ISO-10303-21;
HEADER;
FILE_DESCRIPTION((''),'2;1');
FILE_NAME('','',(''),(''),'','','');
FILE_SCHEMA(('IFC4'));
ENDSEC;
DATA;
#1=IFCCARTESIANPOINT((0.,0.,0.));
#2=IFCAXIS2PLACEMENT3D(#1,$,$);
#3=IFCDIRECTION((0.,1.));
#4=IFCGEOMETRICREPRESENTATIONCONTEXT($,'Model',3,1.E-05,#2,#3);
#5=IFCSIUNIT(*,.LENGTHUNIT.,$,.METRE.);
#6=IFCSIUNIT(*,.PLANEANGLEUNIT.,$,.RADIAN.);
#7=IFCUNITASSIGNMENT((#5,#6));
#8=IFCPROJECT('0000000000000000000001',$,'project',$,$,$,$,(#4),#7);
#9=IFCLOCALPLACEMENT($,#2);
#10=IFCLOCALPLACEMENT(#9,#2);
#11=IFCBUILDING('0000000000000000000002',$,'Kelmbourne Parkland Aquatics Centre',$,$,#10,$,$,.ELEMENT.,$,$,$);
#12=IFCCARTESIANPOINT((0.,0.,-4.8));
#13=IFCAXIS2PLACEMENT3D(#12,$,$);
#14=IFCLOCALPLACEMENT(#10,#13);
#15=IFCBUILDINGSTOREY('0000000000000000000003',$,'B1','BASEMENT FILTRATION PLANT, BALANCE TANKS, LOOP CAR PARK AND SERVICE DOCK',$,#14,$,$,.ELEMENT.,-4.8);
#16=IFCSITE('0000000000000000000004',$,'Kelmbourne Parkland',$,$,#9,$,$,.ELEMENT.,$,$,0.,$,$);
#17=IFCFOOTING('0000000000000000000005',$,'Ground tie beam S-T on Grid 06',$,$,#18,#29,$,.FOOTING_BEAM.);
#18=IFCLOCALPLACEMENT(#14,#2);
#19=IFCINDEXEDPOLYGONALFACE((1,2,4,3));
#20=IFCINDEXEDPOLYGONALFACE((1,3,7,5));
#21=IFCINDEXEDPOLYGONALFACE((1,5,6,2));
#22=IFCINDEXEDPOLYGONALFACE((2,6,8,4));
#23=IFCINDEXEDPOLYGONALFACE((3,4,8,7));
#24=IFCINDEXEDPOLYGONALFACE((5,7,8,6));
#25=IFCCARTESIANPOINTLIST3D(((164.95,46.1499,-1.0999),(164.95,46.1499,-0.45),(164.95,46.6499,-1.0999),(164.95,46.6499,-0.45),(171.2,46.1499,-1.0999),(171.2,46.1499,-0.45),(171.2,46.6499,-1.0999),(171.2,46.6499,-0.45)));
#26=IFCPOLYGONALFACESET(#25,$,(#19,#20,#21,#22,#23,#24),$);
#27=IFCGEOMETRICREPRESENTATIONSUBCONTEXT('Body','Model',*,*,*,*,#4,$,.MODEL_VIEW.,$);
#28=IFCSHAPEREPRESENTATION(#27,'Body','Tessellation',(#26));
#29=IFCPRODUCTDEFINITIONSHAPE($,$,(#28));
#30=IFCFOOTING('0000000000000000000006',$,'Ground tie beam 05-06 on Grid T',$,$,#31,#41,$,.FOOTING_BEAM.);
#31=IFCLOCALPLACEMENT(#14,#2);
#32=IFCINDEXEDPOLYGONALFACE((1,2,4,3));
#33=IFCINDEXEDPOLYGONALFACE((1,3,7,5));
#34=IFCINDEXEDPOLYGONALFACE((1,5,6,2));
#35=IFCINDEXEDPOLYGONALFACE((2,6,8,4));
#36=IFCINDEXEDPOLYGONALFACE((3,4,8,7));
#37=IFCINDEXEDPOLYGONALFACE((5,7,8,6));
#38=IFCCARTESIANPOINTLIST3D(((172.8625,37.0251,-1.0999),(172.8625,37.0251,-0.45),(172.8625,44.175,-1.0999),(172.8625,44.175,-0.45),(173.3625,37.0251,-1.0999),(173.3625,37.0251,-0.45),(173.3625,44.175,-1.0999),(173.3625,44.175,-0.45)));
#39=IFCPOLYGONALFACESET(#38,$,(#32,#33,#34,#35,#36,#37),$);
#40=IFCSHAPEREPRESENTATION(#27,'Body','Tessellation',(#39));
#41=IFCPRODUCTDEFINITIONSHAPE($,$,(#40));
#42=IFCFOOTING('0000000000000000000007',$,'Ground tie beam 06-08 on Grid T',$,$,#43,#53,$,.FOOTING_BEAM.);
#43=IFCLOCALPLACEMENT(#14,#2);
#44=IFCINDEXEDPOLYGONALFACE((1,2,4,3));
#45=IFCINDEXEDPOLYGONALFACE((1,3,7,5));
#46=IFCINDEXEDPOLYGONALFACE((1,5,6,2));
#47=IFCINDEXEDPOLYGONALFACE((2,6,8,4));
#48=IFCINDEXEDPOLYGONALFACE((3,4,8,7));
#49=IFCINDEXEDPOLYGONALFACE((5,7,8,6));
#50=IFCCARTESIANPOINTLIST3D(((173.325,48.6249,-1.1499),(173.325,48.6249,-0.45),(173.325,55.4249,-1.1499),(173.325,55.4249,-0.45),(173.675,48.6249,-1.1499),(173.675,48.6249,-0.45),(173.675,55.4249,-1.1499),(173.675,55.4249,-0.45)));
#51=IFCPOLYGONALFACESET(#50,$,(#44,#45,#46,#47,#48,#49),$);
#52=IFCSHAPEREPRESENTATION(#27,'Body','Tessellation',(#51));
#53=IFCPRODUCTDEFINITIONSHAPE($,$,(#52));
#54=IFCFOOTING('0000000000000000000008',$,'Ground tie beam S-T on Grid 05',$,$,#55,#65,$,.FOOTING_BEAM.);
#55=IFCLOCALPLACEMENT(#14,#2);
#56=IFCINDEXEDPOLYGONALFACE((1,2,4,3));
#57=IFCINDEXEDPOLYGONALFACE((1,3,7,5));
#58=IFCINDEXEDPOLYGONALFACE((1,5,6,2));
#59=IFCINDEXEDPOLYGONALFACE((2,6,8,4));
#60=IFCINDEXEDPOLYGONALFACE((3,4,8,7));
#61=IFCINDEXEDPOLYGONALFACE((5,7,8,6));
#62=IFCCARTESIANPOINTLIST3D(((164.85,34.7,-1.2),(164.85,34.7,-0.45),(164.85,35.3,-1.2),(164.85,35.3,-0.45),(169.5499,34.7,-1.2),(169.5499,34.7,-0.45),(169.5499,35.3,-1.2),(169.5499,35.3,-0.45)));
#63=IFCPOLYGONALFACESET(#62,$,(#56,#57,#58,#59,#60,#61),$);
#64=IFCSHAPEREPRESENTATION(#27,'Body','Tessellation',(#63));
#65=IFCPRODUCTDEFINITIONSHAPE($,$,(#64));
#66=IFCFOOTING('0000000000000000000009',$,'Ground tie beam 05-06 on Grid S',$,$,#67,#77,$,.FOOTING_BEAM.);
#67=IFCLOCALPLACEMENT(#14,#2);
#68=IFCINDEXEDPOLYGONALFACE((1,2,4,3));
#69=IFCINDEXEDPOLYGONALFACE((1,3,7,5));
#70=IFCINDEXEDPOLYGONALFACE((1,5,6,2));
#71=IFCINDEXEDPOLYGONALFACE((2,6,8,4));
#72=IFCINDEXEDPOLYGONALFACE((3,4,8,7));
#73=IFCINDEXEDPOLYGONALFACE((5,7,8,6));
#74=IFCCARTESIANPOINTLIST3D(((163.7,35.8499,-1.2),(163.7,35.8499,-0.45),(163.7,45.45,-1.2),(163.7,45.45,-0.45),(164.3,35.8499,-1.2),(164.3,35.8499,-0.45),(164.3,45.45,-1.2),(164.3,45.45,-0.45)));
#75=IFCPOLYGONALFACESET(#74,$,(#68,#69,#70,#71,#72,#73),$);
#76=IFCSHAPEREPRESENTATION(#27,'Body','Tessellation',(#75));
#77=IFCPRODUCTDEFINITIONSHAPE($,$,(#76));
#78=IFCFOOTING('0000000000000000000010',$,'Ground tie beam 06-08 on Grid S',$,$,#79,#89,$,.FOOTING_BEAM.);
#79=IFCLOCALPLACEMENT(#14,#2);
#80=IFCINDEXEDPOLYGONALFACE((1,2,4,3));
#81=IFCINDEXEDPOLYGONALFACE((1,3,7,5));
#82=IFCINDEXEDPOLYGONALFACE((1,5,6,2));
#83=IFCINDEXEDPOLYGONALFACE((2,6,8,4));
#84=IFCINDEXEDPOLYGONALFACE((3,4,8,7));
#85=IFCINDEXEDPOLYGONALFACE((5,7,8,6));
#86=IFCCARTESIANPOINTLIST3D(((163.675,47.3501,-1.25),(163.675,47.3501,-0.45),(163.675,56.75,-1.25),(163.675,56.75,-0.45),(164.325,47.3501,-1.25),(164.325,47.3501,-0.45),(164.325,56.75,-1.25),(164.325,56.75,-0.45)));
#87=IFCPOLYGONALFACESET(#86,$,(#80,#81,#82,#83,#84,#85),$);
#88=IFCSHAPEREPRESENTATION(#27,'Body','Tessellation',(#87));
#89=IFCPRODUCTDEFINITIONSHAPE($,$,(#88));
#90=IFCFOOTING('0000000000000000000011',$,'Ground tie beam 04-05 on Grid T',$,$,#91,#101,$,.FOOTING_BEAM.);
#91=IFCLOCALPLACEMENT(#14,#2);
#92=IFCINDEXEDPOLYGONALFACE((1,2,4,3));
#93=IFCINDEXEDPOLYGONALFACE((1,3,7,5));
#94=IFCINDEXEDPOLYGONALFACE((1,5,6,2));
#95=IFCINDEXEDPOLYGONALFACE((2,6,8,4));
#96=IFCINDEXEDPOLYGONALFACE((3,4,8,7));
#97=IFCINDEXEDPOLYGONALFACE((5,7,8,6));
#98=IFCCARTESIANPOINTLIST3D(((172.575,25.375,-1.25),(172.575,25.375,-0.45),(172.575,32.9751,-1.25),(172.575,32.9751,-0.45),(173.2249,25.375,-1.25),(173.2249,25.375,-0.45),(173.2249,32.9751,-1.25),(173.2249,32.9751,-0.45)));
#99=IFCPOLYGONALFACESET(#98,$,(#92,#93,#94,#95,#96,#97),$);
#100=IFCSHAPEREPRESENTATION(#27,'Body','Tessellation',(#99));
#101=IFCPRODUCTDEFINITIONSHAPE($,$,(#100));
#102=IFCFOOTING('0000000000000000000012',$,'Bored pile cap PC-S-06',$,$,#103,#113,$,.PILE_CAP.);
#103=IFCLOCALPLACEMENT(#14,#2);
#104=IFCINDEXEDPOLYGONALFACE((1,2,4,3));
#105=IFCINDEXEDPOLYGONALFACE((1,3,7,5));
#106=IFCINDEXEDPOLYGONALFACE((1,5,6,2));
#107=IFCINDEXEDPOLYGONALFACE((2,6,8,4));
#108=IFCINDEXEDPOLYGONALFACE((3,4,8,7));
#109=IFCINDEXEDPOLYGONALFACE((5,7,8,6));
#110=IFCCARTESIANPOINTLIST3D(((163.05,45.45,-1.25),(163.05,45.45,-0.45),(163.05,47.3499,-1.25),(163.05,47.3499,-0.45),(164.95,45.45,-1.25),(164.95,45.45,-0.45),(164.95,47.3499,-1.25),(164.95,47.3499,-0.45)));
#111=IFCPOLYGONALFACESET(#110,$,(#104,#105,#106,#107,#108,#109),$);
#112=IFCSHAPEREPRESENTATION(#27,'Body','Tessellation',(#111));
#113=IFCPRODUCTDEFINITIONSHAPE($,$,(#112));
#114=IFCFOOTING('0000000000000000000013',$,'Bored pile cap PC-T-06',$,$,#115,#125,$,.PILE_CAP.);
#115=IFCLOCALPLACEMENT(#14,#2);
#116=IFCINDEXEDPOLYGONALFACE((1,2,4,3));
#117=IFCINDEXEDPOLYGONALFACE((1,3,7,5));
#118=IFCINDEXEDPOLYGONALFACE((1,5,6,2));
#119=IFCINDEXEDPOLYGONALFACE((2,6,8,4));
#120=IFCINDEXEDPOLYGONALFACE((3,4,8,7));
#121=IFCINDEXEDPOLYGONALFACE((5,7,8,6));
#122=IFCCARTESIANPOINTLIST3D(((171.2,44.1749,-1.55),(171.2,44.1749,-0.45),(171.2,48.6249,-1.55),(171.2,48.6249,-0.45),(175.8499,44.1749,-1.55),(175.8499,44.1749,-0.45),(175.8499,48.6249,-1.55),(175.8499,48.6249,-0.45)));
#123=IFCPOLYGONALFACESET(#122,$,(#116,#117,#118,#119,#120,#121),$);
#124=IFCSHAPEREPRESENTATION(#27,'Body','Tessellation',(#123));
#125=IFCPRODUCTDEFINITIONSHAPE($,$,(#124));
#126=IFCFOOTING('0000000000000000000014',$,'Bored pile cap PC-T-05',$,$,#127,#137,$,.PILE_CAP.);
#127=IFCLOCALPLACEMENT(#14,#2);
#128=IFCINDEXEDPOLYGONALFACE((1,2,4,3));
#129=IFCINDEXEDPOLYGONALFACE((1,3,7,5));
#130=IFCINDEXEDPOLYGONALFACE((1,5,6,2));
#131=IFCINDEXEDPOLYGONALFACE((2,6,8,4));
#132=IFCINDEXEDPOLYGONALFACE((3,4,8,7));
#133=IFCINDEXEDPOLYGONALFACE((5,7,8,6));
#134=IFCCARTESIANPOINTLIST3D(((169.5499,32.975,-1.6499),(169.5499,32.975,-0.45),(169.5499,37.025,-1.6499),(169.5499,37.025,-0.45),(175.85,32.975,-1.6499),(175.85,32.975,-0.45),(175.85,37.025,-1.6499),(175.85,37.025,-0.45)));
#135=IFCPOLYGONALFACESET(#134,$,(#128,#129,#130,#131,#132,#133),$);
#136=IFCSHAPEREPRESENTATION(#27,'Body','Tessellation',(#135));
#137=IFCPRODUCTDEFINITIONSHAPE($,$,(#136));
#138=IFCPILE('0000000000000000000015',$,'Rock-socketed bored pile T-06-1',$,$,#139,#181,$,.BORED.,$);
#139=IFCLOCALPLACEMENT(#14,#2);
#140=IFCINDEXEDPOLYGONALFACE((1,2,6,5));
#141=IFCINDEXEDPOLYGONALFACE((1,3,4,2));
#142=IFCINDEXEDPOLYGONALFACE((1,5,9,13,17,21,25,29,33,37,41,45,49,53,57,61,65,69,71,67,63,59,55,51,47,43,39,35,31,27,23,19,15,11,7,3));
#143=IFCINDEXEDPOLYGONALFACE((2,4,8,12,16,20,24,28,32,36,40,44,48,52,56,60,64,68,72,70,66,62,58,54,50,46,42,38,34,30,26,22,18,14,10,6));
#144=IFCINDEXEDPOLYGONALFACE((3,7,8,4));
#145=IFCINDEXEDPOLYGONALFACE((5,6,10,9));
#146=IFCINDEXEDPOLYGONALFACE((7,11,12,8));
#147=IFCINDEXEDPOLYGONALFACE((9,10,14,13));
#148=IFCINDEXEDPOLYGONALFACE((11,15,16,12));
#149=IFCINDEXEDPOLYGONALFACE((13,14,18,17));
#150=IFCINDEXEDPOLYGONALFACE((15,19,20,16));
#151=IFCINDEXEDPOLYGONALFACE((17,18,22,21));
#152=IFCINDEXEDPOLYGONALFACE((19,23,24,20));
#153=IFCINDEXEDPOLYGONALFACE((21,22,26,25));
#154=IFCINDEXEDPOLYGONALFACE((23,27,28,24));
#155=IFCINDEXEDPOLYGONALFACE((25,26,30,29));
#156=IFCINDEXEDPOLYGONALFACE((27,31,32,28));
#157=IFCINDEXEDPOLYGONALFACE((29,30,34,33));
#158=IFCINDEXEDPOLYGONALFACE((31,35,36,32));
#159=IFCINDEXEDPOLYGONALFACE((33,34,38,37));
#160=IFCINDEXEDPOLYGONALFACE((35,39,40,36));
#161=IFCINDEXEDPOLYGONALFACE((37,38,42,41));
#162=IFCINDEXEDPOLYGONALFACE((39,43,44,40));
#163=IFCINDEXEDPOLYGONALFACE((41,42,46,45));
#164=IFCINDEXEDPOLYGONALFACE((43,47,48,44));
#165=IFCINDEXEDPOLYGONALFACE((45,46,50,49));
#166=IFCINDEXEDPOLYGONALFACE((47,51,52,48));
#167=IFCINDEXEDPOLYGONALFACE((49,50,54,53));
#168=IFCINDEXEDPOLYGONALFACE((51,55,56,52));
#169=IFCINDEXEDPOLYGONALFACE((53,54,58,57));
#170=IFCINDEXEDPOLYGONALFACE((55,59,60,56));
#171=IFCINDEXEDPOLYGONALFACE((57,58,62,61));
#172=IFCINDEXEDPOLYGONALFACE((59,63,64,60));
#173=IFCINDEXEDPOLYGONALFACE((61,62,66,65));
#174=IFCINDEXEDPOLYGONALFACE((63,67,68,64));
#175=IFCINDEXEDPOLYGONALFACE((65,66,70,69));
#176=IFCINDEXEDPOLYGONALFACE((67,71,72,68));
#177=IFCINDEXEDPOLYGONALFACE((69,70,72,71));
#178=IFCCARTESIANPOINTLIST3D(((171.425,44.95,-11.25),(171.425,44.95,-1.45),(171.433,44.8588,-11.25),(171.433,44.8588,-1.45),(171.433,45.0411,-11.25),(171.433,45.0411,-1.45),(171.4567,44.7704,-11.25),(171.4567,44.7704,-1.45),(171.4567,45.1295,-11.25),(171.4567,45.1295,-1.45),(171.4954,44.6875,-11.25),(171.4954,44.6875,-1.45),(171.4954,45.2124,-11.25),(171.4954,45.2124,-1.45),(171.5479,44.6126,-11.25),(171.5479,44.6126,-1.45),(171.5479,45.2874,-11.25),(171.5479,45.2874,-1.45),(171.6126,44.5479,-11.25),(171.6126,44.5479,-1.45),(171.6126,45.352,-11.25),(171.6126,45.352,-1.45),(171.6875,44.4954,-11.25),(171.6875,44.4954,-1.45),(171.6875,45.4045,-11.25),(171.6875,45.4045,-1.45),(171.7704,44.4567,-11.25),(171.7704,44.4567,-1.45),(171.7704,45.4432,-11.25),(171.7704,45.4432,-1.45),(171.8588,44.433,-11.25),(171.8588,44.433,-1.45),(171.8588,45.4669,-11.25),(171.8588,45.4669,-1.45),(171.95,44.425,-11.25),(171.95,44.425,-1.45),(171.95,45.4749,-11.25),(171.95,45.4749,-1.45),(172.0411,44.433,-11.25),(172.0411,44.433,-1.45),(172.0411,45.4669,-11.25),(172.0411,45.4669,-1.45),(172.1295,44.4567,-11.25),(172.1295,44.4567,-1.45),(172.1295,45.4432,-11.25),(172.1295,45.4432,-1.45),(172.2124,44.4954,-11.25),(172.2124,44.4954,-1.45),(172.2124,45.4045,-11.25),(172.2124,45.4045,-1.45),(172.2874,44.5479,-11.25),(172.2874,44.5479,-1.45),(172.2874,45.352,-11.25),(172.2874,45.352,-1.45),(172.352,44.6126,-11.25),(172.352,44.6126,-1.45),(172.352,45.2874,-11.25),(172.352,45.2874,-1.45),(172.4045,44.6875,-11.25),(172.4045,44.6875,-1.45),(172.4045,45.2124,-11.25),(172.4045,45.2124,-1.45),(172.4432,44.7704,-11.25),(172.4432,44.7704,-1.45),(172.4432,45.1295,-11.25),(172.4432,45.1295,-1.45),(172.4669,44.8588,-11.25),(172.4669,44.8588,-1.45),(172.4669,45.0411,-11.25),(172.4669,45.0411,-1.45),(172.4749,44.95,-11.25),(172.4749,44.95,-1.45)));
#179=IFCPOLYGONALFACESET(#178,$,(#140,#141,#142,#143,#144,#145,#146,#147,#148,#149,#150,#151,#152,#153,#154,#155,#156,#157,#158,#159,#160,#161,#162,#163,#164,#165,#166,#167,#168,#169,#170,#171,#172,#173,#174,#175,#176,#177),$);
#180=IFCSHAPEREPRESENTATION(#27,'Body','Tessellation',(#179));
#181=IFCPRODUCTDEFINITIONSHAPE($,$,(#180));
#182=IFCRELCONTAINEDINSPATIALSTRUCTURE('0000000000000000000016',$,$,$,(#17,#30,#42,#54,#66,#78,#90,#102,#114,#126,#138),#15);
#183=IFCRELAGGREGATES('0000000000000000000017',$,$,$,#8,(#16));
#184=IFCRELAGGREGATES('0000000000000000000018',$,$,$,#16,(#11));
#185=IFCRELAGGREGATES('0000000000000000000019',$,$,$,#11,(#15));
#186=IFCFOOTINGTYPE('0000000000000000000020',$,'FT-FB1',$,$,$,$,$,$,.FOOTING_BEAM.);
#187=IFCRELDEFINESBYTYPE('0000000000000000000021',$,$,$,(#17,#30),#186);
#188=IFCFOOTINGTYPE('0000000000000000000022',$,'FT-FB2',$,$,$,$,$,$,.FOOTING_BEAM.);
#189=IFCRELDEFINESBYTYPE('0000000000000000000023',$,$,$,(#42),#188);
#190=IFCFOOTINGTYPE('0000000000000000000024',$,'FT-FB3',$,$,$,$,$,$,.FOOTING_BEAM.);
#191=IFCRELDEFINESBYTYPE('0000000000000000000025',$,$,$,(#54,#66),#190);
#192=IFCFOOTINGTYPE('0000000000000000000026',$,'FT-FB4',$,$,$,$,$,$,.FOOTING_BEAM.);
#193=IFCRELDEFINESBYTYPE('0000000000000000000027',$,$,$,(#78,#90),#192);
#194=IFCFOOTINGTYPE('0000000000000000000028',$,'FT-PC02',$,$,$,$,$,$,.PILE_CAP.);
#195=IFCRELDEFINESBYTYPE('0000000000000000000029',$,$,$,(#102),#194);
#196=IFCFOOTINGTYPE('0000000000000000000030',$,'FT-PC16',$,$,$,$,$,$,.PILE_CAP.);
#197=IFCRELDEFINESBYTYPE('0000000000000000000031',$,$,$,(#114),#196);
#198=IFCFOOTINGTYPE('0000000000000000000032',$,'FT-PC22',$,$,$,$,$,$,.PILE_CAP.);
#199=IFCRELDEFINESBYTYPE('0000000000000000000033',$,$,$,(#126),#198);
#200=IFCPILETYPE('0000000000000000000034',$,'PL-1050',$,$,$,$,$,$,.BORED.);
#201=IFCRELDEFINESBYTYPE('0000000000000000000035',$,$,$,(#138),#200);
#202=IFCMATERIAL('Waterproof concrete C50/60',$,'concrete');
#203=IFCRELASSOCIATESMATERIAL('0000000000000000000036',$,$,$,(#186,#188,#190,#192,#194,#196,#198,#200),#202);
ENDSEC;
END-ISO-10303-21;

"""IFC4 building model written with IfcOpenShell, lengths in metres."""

from ifc_helpers import new_model, si_unit, direction, frame, origin, origin_2d, place, context, subcontext, project, spatial, rectangle, circle, extrude, material, material_profile, profile_set, type_object, element, save


model = new_model("IFC4")

# Units and contexts
model_context = context("Model", 3, precision=1e-05, world=origin(), true_north=direction((0.0, 1.0)))
body_context = subcontext(model_context, "Body", "Model", "MODEL_VIEW")
ifc_project = project(units=[si_unit("LENGTHUNIT", "METRE"), si_unit("PLANEANGLEUNIT", "RADIAN")], contexts=[model_context])

# Site, building, storey
site_placement = place(None, origin())
site = spatial("IfcSite", under=ifc_project, at=site_placement, Name="Kelmbourne Parkland", CompositionType="ELEMENT", RefElevation=0.0)
building_placement = place(site_placement, origin())
building = spatial("IfcBuilding", under=site, at=building_placement, Name="Kelmbourne Parkland Aquatics Centre", CompositionType="ELEMENT")
storey_placement = place(building_placement, frame((0.0, 0.0, -4.8)))
storey = spatial("IfcBuildingStorey", under=building, at=storey_placement, Name="B1", Description="BASEMENT FILTRATION PLANT, BALANCE TANKS, LOOP CAR PARK AND SERVICE DOCK", CompositionType="ELEMENT", Elevation=-4.8)

# Footings
ifc_material_1 = material(Name="Waterproof concrete C50/60", Category="concrete")
footing_type_1 = type_object("IfcFootingType", Name="FT-FB1", PredefinedType="FOOTING_BEAM", material=ifc_material_1)
footing_1_placement = place(storey_placement, frame((168.075, 46.3999, -1.0999), z_axis=(0.0, 0.0, 1.0), x_axis=(1.0, 0.0, 0.0)))
element("IfcFooting", 1, at=footing_1_placement, inside=storey, type_object=footing_type_1, Name="Ground tie beam S-T on Grid 06", PredefinedType="FOOTING_BEAM", context=body_context, shape_type="SweptSolid", body=[
    extrude(rectangle(XDim=6.25, YDim=0.5, at=origin_2d()), origin(), (0.0, 0.0, 1.0), 0.6499),
])
footing_2_placement = place(storey_placement, frame((173.1125, 40.6001, -1.0999), z_axis=(0.0, 0.0, 1.0), x_axis=(0.0, 1.0, 0.0)))
element("IfcFooting", 2, at=footing_2_placement, inside=storey, type_object=footing_type_1, Name="Ground tie beam 05-06 on Grid T", PredefinedType="FOOTING_BEAM", context=body_context, shape_type="SweptSolid", body=[
    extrude(rectangle(XDim=7.1499, YDim=0.5, at=origin_2d()), origin(), (0.0, 0.0, 1.0), 0.6499),
])
footing_type_2 = type_object("IfcFootingType", Name="FT-FB2", PredefinedType="FOOTING_BEAM", material=ifc_material_1)
footing_3_placement = place(storey_placement, frame((173.5, 52.0249, -1.1499), z_axis=(0.0, 0.0, 1.0), x_axis=(0.0, 1.0, 0.0)))
element("IfcFooting", 3, at=footing_3_placement, inside=storey, type_object=footing_type_2, Name="Ground tie beam 06-08 on Grid T", PredefinedType="FOOTING_BEAM", context=body_context, shape_type="SweptSolid", body=[
    extrude(rectangle(XDim=6.8, YDim=0.3501, at=origin_2d()), origin(), (0.0, 0.0, 1.0), 0.7),
])
footing_type_3 = type_object("IfcFootingType", Name="FT-FB3", PredefinedType="FOOTING_BEAM", material=ifc_material_1)
footing_4_placement = place(storey_placement, frame((167.2, 35.0, -1.2), z_axis=(0.0, 0.0, 1.0), x_axis=(1.0, 0.0, 0.0)))
element("IfcFooting", 4, at=footing_4_placement, inside=storey, type_object=footing_type_3, Name="Ground tie beam S-T on Grid 05", PredefinedType="FOOTING_BEAM", context=body_context, shape_type="SweptSolid", body=[
    extrude(rectangle(XDim=4.7, YDim=0.6001, at=origin_2d()), origin(), (0.0, 0.0, 1.0), 0.75),
])
footing_5_placement = place(storey_placement, frame((164.0, 40.6499, -1.2), z_axis=(0.0, 0.0, 1.0), x_axis=(0.0, 1.0, 0.0)))
element("IfcFooting", 5, at=footing_5_placement, inside=storey, type_object=footing_type_3, Name="Ground tie beam 05-06 on Grid S", PredefinedType="FOOTING_BEAM", context=body_context, shape_type="SweptSolid", body=[
    extrude(rectangle(XDim=9.6001, YDim=0.6001, at=origin_2d()), origin(), (0.0, 0.0, 1.0), 0.75),
])
footing_type_4 = type_object("IfcFootingType", Name="FT-FB4", PredefinedType="FOOTING_BEAM", material=ifc_material_1)
footing_6_placement = place(storey_placement, frame((164.0, 52.05, -1.25), z_axis=(0.0, 0.0, 1.0), x_axis=(0.0, 1.0, 0.0)))
element("IfcFooting", 6, at=footing_6_placement, inside=storey, type_object=footing_type_4, Name="Ground tie beam 06-08 on Grid S", PredefinedType="FOOTING_BEAM", context=body_context, shape_type="SweptSolid", body=[
    extrude(rectangle(XDim=9.3999, YDim=0.6499, at=origin_2d()), origin(), (0.0, 0.0, 1.0), 0.8),
])
footing_7_placement = place(storey_placement, frame((172.8999, 29.175, -1.25), z_axis=(0.0, 0.0, 1.0), x_axis=(0.0, 1.0, 0.0)))
element("IfcFooting", 7, at=footing_7_placement, inside=storey, type_object=footing_type_4, Name="Ground tie beam 04-05 on Grid T", PredefinedType="FOOTING_BEAM", context=body_context, shape_type="SweptSolid", body=[
    extrude(rectangle(XDim=7.6001, YDim=0.6499, at=origin_2d()), origin(), (0.0, 0.0, 1.0), 0.8),
])
footing_type_5 = type_object("IfcFootingType", Name="FT-PC02", PredefinedType="PILE_CAP", material=ifc_material_1)
footing_8_placement = place(storey_placement, frame((164.0, 46.3999, -1.25), z_axis=(0.0, 0.0, 1.0), x_axis=(1.0, 0.0, 0.0)))
element("IfcFooting", 8, at=footing_8_placement, inside=storey, type_object=footing_type_5, Name="Bored pile cap PC-S-06", PredefinedType="PILE_CAP", context=body_context, shape_type="SweptSolid", body=[
    extrude(rectangle(XDim=1.8999, YDim=1.8999, at=origin_2d()), origin(), (0.0, 0.0, 1.0), 0.8),
])
footing_type_6 = type_object("IfcFootingType", Name="FT-PC16", PredefinedType="PILE_CAP", material=ifc_material_1)
footing_9_placement = place(storey_placement, frame((173.5249, 46.3999, -1.55), z_axis=(0.0, 0.0, 1.0), x_axis=(1.0, 0.0, 0.0)))
element("IfcFooting", 9, at=footing_9_placement, inside=storey, type_object=footing_type_6, Name="Bored pile cap PC-T-06", PredefinedType="PILE_CAP", context=body_context, shape_type="SweptSolid", body=[
    extrude(rectangle(XDim=4.6499, YDim=4.45, at=origin_2d()), origin(), (0.0, 0.0, 1.0), 1.1001),
])
footing_type_7 = type_object("IfcFootingType", Name="FT-PC22", PredefinedType="PILE_CAP", material=ifc_material_1)
footing_10_placement = place(storey_placement, frame((172.7, 35.0, -1.6499), z_axis=(0.0, 0.0, 1.0), x_axis=(1.0, 0.0, 0.0)))
element("IfcFooting", 10, at=footing_10_placement, inside=storey, type_object=footing_type_7, Name="Bored pile cap PC-T-05", PredefinedType="PILE_CAP", context=body_context, shape_type="SweptSolid", body=[
    extrude(rectangle(XDim=6.3, YDim=4.05, at=origin_2d()), origin(), (0.0, 0.0, 1.0), 1.2),
])

# Pile
ifc_material_profile_1 = material_profile(ifc_material_1, circle(Radius=0.5249, at=origin_2d()), Name="PILE D1050")
ifc_profile_set_1 = profile_set([ifc_material_profile_1], Name="Waterproof concrete C50/60")
pile_type_1 = type_object("IfcPileType", Name="PL-1050", PredefinedType="BORED", material=ifc_profile_set_1)
for number, where, z_axis, x_axis, name in (
    (11, (171.95, 44.95, -1.45), (0.0, 0.0, -1.0), (1.0, 0.0, 0.0), "Rock-socketed bored pile T-06-1"),
):
    element("IfcPile", number, at=place(storey_placement, frame(where, z_axis=z_axis, x_axis=x_axis)), inside=storey, type_object=pile_type_1, Name=name, PredefinedType="BORED", context=body_context, shape_type="SweptSolid", body=[
        extrude(circle(Radius=0.5249, at=origin_2d()), origin(), (0.0, 0.0, 1.0), 9.8),
    ])

save(model, "model.ifc")
